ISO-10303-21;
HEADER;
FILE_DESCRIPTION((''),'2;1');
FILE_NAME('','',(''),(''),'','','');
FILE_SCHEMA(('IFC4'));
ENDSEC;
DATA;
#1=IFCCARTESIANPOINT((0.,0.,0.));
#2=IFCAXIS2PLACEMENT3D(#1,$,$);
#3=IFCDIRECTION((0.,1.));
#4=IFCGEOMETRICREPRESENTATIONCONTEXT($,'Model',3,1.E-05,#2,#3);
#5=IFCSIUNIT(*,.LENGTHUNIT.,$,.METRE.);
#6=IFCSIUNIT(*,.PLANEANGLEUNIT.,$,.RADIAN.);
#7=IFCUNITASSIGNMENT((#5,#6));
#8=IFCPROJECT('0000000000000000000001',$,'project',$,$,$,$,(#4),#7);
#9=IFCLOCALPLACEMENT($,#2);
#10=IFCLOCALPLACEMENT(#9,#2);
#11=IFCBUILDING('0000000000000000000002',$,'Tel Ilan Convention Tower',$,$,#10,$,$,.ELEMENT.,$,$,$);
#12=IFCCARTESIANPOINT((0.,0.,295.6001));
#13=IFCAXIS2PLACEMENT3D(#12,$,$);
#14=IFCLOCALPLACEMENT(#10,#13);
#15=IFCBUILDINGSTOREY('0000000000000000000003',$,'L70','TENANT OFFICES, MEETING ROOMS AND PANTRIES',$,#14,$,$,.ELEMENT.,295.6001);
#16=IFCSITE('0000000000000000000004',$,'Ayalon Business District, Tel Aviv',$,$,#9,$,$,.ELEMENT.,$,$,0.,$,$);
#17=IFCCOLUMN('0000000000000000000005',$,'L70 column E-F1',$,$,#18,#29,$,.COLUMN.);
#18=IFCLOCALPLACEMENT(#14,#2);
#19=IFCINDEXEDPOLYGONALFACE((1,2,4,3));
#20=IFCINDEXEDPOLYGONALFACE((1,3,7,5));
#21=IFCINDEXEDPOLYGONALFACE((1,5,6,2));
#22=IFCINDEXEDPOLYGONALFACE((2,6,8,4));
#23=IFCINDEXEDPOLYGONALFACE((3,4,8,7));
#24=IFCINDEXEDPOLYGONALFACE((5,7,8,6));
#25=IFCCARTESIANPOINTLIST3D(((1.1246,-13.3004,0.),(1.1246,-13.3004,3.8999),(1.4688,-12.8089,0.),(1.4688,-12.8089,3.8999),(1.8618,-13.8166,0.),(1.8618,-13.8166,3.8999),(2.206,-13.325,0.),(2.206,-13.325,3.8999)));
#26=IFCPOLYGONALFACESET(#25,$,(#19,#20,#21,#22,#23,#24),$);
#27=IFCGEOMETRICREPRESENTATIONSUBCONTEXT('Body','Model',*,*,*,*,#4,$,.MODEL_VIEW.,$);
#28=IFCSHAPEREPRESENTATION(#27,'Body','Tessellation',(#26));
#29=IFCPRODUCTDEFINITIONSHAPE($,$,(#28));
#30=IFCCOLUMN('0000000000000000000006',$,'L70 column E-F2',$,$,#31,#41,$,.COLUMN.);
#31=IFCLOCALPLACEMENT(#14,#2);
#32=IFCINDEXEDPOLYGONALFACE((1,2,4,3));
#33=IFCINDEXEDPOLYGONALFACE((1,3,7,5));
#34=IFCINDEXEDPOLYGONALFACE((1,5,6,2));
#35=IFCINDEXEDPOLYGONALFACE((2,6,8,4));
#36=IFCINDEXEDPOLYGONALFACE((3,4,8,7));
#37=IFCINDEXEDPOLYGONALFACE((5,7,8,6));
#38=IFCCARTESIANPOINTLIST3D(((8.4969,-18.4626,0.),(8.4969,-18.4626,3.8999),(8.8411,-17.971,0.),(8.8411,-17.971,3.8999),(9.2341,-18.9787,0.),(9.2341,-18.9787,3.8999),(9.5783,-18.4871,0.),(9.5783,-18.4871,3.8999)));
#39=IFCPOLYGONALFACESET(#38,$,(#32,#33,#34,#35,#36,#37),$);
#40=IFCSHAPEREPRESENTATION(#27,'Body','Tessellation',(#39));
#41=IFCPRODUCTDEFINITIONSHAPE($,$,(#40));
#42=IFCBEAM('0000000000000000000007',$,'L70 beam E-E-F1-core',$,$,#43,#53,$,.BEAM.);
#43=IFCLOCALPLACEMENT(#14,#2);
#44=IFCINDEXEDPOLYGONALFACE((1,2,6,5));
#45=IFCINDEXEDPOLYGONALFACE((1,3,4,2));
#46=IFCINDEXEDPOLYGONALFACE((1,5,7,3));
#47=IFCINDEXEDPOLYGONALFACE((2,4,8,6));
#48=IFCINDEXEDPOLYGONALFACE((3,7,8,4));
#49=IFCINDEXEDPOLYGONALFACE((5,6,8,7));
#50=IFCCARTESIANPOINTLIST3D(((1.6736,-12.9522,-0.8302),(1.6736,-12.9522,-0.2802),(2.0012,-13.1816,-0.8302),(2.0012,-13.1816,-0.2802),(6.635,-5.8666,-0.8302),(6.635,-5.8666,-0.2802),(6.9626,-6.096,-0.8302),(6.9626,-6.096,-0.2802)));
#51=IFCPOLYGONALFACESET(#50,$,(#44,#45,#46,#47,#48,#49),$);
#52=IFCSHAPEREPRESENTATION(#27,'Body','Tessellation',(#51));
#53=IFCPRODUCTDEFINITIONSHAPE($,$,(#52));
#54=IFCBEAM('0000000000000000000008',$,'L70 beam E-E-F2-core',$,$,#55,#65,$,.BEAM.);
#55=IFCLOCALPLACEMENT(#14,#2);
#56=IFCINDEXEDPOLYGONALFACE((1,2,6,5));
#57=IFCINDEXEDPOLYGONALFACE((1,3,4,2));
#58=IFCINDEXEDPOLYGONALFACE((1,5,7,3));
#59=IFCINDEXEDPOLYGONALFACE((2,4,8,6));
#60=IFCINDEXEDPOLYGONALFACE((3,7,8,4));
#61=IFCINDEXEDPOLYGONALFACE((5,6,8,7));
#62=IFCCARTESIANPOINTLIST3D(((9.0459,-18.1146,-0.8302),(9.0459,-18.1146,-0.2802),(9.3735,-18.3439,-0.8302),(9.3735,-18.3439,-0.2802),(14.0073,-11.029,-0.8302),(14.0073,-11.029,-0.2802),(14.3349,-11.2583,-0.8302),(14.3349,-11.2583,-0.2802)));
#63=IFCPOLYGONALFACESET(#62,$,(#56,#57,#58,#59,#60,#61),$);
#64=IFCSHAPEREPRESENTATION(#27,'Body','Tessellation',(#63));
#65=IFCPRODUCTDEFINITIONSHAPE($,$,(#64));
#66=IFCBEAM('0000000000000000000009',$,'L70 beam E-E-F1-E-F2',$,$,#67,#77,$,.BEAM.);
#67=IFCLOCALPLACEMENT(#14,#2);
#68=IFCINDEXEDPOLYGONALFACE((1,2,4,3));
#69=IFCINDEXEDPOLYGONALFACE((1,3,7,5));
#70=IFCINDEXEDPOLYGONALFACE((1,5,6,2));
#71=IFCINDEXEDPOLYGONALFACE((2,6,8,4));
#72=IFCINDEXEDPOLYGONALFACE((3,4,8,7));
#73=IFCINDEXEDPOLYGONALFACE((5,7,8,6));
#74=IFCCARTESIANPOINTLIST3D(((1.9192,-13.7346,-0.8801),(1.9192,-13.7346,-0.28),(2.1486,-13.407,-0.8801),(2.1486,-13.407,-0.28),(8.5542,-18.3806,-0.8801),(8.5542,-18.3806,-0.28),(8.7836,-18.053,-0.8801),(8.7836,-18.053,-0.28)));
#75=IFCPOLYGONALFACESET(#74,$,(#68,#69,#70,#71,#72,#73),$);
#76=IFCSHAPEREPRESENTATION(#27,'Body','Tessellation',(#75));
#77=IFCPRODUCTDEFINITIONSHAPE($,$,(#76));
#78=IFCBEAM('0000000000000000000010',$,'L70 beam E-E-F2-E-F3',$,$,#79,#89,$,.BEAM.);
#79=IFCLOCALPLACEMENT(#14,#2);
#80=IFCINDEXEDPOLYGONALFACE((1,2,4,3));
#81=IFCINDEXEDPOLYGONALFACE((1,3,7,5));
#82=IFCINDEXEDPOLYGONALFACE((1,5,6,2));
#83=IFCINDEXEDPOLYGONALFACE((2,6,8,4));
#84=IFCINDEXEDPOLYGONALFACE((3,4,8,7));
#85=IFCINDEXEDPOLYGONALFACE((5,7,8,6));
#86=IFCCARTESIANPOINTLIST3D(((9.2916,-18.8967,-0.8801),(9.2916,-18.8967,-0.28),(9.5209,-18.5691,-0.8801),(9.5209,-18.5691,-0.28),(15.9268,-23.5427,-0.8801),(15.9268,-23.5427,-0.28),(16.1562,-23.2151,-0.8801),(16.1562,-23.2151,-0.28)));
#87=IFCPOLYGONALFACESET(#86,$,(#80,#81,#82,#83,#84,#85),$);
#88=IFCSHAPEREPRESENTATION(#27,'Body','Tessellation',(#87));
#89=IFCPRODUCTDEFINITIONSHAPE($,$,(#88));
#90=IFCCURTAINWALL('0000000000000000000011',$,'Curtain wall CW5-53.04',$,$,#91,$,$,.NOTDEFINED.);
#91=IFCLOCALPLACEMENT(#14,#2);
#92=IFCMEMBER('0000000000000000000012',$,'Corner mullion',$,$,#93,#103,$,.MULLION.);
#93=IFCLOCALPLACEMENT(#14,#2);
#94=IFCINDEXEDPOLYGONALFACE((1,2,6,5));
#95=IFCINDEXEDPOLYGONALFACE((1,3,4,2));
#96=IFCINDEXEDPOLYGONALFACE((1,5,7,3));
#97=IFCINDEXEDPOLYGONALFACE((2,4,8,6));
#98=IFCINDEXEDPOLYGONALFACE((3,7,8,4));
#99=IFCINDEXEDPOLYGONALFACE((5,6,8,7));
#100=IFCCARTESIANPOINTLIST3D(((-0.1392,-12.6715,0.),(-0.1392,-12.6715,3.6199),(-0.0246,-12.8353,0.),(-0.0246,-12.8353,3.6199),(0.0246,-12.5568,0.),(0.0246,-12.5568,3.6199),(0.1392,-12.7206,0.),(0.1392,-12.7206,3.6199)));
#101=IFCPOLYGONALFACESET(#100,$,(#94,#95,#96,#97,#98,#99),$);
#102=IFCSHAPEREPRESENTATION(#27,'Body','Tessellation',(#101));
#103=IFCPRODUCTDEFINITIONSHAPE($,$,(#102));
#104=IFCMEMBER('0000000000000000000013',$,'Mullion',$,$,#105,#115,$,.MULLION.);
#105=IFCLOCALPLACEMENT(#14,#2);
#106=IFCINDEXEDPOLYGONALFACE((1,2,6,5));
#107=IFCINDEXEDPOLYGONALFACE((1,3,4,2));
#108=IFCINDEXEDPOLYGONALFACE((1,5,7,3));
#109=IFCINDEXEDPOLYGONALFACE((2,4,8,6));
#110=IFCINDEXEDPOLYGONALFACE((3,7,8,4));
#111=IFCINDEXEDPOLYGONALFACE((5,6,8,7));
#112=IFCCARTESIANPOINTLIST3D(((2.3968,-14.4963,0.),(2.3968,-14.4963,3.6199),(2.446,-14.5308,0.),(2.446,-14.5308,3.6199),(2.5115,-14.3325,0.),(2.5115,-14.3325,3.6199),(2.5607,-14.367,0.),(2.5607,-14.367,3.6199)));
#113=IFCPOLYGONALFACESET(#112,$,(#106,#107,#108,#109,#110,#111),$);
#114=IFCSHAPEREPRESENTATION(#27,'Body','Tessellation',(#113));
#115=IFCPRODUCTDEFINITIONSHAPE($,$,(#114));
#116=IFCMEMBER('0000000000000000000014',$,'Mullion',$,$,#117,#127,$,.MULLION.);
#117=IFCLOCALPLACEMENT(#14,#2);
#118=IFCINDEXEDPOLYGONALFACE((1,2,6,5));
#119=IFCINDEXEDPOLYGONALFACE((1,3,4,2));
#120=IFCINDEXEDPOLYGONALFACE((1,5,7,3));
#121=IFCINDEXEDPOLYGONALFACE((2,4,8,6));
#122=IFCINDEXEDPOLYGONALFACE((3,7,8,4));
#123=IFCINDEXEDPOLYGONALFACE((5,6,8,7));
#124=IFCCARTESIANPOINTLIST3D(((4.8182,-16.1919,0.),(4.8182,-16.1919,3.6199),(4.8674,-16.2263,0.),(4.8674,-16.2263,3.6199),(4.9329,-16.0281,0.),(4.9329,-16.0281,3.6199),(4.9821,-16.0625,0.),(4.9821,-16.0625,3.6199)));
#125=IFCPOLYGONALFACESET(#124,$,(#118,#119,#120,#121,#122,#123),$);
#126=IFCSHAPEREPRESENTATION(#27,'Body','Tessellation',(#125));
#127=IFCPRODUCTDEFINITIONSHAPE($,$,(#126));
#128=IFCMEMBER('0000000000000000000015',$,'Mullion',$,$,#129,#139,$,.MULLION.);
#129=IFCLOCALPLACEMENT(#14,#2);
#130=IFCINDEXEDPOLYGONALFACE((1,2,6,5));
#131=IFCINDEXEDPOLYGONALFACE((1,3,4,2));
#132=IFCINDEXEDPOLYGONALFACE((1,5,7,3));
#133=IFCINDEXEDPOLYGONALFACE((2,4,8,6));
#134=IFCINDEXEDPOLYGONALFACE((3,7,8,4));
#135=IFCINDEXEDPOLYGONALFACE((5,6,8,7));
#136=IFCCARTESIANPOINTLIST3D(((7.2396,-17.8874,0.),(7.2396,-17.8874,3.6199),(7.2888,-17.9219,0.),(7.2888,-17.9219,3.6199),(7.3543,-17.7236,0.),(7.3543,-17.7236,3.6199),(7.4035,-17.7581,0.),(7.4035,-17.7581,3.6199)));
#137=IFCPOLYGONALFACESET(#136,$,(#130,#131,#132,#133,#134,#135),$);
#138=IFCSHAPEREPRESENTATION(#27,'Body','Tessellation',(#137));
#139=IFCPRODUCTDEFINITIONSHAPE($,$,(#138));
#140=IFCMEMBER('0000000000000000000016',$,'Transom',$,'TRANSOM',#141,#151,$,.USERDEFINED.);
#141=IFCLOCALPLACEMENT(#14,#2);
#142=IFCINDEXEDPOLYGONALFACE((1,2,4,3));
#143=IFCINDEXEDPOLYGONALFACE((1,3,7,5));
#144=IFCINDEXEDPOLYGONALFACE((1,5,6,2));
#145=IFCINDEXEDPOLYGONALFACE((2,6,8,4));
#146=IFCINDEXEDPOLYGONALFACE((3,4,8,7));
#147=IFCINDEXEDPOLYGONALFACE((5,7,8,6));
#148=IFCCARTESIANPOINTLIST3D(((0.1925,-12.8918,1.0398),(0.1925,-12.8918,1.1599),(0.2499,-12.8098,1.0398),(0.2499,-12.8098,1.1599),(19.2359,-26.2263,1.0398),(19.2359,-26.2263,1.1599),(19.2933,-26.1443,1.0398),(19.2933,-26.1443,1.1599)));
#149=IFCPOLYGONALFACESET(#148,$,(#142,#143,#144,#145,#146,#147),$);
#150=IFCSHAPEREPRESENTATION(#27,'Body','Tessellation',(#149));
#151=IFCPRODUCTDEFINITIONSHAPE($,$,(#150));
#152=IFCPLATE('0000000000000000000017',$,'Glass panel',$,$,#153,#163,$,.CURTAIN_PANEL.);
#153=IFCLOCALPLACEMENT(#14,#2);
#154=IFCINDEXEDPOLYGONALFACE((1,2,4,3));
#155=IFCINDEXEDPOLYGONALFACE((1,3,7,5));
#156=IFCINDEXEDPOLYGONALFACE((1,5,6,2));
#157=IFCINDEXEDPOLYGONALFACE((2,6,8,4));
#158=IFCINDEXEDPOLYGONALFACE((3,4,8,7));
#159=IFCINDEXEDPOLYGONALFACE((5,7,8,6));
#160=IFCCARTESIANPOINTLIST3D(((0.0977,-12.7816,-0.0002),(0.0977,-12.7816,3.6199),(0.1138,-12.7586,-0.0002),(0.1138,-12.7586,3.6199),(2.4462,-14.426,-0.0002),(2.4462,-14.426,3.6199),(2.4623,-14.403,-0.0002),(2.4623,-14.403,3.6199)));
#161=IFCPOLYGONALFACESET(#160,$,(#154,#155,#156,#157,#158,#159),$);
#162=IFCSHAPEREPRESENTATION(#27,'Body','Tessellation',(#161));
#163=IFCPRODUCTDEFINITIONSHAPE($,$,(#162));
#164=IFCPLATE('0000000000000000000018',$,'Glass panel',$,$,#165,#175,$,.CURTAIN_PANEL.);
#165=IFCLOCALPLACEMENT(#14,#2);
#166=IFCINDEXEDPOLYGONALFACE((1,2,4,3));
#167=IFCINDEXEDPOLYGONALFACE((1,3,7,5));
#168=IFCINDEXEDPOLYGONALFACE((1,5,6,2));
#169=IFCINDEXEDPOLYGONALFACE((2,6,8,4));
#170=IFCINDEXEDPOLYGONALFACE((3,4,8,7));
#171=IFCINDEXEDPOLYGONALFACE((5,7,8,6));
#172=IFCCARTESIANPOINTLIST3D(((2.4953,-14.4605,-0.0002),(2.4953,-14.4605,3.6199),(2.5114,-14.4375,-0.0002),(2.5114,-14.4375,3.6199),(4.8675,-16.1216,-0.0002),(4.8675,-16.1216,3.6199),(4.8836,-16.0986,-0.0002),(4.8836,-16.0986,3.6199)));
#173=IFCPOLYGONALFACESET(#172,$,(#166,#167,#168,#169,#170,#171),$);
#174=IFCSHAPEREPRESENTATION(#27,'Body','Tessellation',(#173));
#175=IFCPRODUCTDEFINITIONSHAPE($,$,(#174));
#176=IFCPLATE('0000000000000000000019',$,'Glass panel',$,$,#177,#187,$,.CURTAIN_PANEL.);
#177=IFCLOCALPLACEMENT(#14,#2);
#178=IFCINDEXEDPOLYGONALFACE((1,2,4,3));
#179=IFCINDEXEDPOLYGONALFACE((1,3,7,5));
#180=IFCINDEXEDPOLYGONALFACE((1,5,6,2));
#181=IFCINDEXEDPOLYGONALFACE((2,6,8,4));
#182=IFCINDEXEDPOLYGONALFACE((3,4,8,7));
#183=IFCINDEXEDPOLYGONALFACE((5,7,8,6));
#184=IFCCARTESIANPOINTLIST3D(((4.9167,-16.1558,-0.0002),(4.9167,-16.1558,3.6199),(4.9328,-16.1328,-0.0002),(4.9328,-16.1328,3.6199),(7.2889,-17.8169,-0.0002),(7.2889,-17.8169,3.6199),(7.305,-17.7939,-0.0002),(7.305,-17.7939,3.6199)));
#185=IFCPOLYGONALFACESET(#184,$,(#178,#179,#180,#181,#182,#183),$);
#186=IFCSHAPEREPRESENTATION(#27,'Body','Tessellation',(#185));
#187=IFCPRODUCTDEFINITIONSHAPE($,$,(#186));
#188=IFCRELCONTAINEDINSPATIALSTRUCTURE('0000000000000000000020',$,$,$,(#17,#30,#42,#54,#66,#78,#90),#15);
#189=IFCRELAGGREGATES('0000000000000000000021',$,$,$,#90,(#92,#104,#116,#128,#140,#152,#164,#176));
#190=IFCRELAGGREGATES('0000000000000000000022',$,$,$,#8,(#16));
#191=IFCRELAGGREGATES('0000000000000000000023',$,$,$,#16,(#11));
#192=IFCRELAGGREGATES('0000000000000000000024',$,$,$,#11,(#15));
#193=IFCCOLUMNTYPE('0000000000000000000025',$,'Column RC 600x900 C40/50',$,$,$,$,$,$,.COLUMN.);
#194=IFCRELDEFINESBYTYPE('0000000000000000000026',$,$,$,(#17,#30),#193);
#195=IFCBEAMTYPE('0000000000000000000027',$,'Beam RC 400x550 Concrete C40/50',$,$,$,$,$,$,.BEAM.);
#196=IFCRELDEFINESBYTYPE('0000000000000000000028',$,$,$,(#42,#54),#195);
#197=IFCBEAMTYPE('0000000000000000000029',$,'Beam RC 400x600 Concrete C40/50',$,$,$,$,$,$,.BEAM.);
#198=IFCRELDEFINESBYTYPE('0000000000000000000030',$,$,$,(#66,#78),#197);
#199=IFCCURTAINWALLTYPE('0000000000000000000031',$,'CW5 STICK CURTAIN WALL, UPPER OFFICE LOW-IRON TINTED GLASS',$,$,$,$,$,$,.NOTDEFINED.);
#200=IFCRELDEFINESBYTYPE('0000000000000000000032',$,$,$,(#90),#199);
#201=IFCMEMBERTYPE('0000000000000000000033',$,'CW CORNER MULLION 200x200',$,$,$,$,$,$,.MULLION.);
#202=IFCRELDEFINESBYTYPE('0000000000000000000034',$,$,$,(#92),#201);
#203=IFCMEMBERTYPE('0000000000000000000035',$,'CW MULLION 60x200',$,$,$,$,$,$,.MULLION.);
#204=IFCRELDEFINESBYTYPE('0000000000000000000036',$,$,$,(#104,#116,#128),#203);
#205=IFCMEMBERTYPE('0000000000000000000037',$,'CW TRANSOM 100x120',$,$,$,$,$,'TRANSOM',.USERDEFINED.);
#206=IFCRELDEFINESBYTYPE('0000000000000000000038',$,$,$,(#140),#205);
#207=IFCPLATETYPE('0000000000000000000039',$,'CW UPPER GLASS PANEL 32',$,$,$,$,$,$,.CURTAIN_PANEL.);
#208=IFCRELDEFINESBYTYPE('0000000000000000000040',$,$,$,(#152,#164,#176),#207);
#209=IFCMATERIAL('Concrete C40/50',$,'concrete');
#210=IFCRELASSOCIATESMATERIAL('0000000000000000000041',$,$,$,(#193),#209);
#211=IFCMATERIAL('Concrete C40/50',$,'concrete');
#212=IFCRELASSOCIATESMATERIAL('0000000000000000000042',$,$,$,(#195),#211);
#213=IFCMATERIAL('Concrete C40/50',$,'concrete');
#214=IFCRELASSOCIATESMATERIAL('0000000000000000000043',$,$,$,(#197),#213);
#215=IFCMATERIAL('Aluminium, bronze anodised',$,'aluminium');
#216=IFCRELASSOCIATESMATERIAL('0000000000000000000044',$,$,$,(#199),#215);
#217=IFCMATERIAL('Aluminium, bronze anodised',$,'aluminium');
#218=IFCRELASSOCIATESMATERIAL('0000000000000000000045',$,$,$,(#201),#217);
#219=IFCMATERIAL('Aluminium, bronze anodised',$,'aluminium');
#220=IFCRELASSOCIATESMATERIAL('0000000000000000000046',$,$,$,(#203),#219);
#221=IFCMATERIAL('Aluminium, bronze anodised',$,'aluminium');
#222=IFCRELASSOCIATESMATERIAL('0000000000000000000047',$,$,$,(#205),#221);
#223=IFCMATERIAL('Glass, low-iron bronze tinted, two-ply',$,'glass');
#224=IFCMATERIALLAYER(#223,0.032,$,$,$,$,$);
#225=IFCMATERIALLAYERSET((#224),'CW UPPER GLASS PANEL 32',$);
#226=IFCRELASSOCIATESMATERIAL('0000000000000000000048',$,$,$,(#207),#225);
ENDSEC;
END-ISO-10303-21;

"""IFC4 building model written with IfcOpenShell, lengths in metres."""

from ifc_helpers import new_model, si_unit, direction, frame, origin, origin_2d, place, context, subcontext, project, spatial, rectangle, extrude, material, layer, layer_set, material_profile, profile_set, type_object, element, aggregate, save


model = new_model("IFC4")

# Units and contexts
model_context = context("Model", 3, precision=1e-05, world=origin(), true_north=direction((0.0, 1.0)))
body_context = subcontext(model_context, "Body", "Model", "MODEL_VIEW")
ifc_project = project(units=[si_unit("LENGTHUNIT", "METRE"), si_unit("PLANEANGLEUNIT", "RADIAN")], contexts=[model_context])

# Site, building, storey
site_placement = place(None, origin())
site = spatial("IfcSite", under=ifc_project, at=site_placement, Name="Ayalon Business District, Tel Aviv", CompositionType="ELEMENT", RefElevation=0.0)
building_placement = place(site_placement, origin())
building = spatial("IfcBuilding", under=site, at=building_placement, Name="Tel Ilan Convention Tower", CompositionType="ELEMENT")
storey_placement = place(building_placement, frame((0.0, 0.0, 295.6001)))
storey = spatial("IfcBuildingStorey", under=building, at=storey_placement, Name="L70", Description="TENANT OFFICES, MEETING ROOMS AND PANTRIES", CompositionType="ELEMENT", Elevation=295.6001)

# Columns
ifc_material_1 = material(Name="Concrete C40/50", Category="concrete")
ifc_material_profile_1 = material_profile(ifc_material_1, rectangle(XDim=0.8999, YDim=0.6001, at=origin_2d()), Name="RC 600x900")
ifc_profile_set_1 = profile_set([ifc_material_profile_1], Name="Concrete C40/50")
column_type = type_object("IfcColumnType", Name="Column RC 600x900 C40/50", PredefinedType="COLUMN", material=ifc_profile_set_1)
for number, where, z_axis, x_axis, name in (
    (1, (1.6653, -13.3127, 0.0), (0.0, 0.0, 1.0), (0.819152, -0.573576, 0.0), "L70 column E-F1"),
    (2, (9.0376, -18.4749, 0.0), (0.0, 0.0, 1.0), (0.819152, -0.573576, 0.0), "L70 column E-F2"),
):
    element("IfcColumn", number, at=place(storey_placement, frame(where, z_axis=z_axis, x_axis=x_axis)), inside=storey, type_object=column_type, Name=name, PredefinedType="COLUMN", context=body_context, shape_type="SweptSolid", body=[
        extrude(rectangle(XDim=0.8999, YDim=0.6001, at=origin_2d()), origin(), (0.0, 0.0, 1.0), 3.8999),
    ])

# Beams
ifc_material_2 = material(Name="Concrete C40/50", Category="concrete")
ifc_material_profile_2 = material_profile(ifc_material_2, rectangle(XDim=0.3999, YDim=0.55, at=origin_2d()), Name="RC 400x550")
ifc_profile_set_2 = profile_set([ifc_material_profile_2], Name="Concrete C40/50")
beam_type_1 = type_object("IfcBeamType", Name="Beam RC 400x550 Concrete C40/50", PredefinedType="BEAM", material=ifc_profile_set_2)
for number, where, z_axis, x_axis, name in (
    (3, (1.8374, -13.0669, -0.5552), (0.573574, 0.819154, 0.0), (-0.819154, 0.573574, 0.0), "L70 beam E-E-F1-core"),
    (4, (9.2097, -18.2292, -0.5552), (0.573574, 0.819154, 0.0), (-0.819154, 0.573574, 0.0), "L70 beam E-E-F2-core"),
):
    element("IfcBeam", number, at=place(storey_placement, frame(where, z_axis=z_axis, x_axis=x_axis)), inside=storey, type_object=beam_type_1, Name=name, PredefinedType="BEAM", context=body_context, shape_type="SweptSolid", body=[
        extrude(rectangle(XDim=0.3999, YDim=0.55, at=origin_2d()), origin(), (0.0, 0.0, 1.0), 8.6499),
    ])
ifc_material_3 = material(Name="Concrete C40/50", Category="concrete")
ifc_material_profile_3 = material_profile(ifc_material_3, rectangle(XDim=0.3999, YDim=0.6001, at=origin_2d()), Name="RC 400x600")
ifc_profile_set_3 = profile_set([ifc_material_profile_3], Name="Concrete C40/50")
beam_type_2 = type_object("IfcBeamType", Name="Beam RC 400x600 Concrete C40/50", PredefinedType="BEAM", material=ifc_profile_set_3)
beam_1_placement = place(storey_placement, frame((2.0339, -13.5708, -0.5801), z_axis=(0.819146, -0.573586, 0.0), x_axis=(0.573586, 0.819146, 0.0)))
element("IfcBeam", 5, at=beam_1_placement, inside=storey, type_object=beam_type_2, Name="L70 beam E-E-F1-E-F2", PredefinedType="BEAM", context=body_context, shape_type="SweptSolid", body=[
    extrude(rectangle(XDim=0.3999, YDim=0.6001, at=origin_2d()), origin(), (0.0, 0.0, 1.0), 8.0999),
])
beam_2_placement = place(storey_placement, frame((9.4062, -18.7329, -0.5801), z_axis=(0.819155, -0.573572, 0.0), x_axis=(0.573572, 0.819155, 0.0)))
element("IfcBeam", 6, at=beam_2_placement, inside=storey, type_object=beam_type_2, Name="L70 beam E-E-F2-E-F3", PredefinedType="BEAM", context=body_context, shape_type="SweptSolid", body=[
    extrude(rectangle(XDim=0.3999, YDim=0.6001, at=origin_2d()), origin(), (0.0, 0.0, 1.0), 8.1001),
])

# Curtain wall, members, plates
ifc_material_4 = material(Name="Aluminium, bronze anodised", Category="aluminium")
curtain_wall_type = type_object("IfcCurtainWallType", Name="CW5 STICK CURTAIN WALL, UPPER OFFICE LOW-IRON TINTED GLASS", PredefinedType="NOTDEFINED", material=ifc_material_4)
curtain_wall_placement = place(storey_placement, origin())
curtain_wall = element("IfcCurtainWall", 7, at=curtain_wall_placement, inside=storey, type_object=curtain_wall_type, Name="Curtain wall CW5-53.04", PredefinedType="NOTDEFINED")
ifc_material_5 = material(Name="Aluminium, bronze anodised", Category="aluminium")
ifc_material_profile_4 = material_profile(ifc_material_5, rectangle(XDim=0.2, YDim=0.2, at=origin_2d()), Name="CW CORNER MULLION 200x200")
ifc_profile_set_4 = profile_set([ifc_material_profile_4], Name="Aluminium, bronze anodised")
member_type_1 = type_object("IfcMemberType", Name="CW CORNER MULLION 200x200", PredefinedType="MULLION", material=ifc_profile_set_4)
member_1_placement = place(storey_placement, frame((0.0, -12.696, 0.0), z_axis=(0.0, 0.0, 1.0), x_axis=(0.819152, 0.573576, 0.0)))
member_1 = element("IfcMember", 8, at=member_1_placement, type_object=member_type_1, Name="Corner mullion", PredefinedType="MULLION", context=body_context, shape_type="SweptSolid", body=[
    extrude(rectangle(XDim=0.2, YDim=0.2, at=origin_2d()), origin(), (0.0, 0.0, 1.0), 3.6199),
])
ifc_material_6 = material(Name="Aluminium, bronze anodised", Category="aluminium")
ifc_material_profile_5 = material_profile(ifc_material_6, rectangle(XDim=0.0601, YDim=0.2, at=origin_2d()), Name="CW MULLION 60x200")
ifc_profile_set_5 = profile_set([ifc_material_profile_5], Name="Aluminium, bronze anodised")
member_type_2 = type_object("IfcMemberType", Name="CW MULLION 60x200", PredefinedType="MULLION", material=ifc_profile_set_5)
member_2_placement = place(storey_placement, frame((2.4788, -14.4316, 0.0), z_axis=(0.0, 0.0, 1.0), x_axis=(0.819152, -0.573576, 0.0)))
member_2 = element("IfcMember", 9, at=member_2_placement, type_object=member_type_2, Name="Mullion", PredefinedType="MULLION", context=body_context, shape_type="SweptSolid", body=[
    extrude(rectangle(XDim=0.0601, YDim=0.2, at=origin_2d()), origin(), (0.0, 0.0, 1.0), 3.6199),
])
member_3_placement = place(storey_placement, frame((4.9001, -16.1272, 0.0), z_axis=(0.0, 0.0, 1.0), x_axis=(0.819152, -0.573576, 0.0)))
member_3 = element("IfcMember", 10, at=member_3_placement, type_object=member_type_2, Name="Mullion", PredefinedType="MULLION", context=body_context, shape_type="SweptSolid", body=[
    extrude(rectangle(XDim=0.0601, YDim=0.2, at=origin_2d()), origin(), (0.0, 0.0, 1.0), 3.6199),
])
member_4_placement = place(storey_placement, frame((7.3215, -17.8228, 0.0), z_axis=(0.0, 0.0, 1.0), x_axis=(0.819152, -0.573576, 0.0)))
member_4 = element("IfcMember", 11, at=member_4_placement, type_object=member_type_2, Name="Mullion", PredefinedType="MULLION", context=body_context, shape_type="SweptSolid", body=[
    extrude(rectangle(XDim=0.0601, YDim=0.2, at=origin_2d()), origin(), (0.0, 0.0, 1.0), 3.6199),
])
ifc_material_7 = material(Name="Aluminium, bronze anodised", Category="aluminium")
ifc_material_profile_6 = material_profile(ifc_material_7, rectangle(XDim=0.1001, YDim=0.1201, at=origin_2d()), Name="CW TRANSOM 100x120")
ifc_profile_set_6 = profile_set([ifc_material_profile_6], Name="Aluminium, bronze anodised")
member_type_3 = type_object("IfcMemberType", Name="CW TRANSOM 100x120", ElementType="TRANSOM", PredefinedType="USERDEFINED", material=ifc_profile_set_6)
member_5_placement = place(storey_placement, frame((0.2212, -12.8508, 1.0999), z_axis=(0.81915, -0.573579, 0.0), x_axis=(0.573579, 0.81915, 0.0)))
member_5 = element("IfcMember", 12, at=member_5_placement, type_object=member_type_3, Name="Transom", ObjectType="TRANSOM", PredefinedType="USERDEFINED", context=body_context, shape_type="SweptSolid", body=[
    extrude(rectangle(XDim=0.1001, YDim=0.1201, at=origin_2d()), origin(), (0.0, 0.0, 1.0), 23.2478),
])
ifc_material_8 = material(Name="Glass, low-iron bronze tinted, two-ply", Category="glass")
ifc_layer_1 = layer(ifc_material_8, 0.032)
ifc_layer_set_1 = layer_set([ifc_layer_1], Name="CW UPPER GLASS PANEL 32")
plate_type = type_object("IfcPlateType", Name="CW UPPER GLASS PANEL 32", PredefinedType="CURTAIN_PANEL", material=ifc_layer_set_1)
plate_1_placement = place(storey_placement, frame((1.28, -13.5923, -0.0002), z_axis=(0.0, 0.0, 1.0), x_axis=(0.819152, -0.573576, 0.0)))
plate_1 = element("IfcPlate", 13, at=plate_1_placement, type_object=plate_type, Name="Glass panel", PredefinedType="CURTAIN_PANEL", context=body_context, shape_type="SweptSolid", body=[
    extrude(rectangle(XDim=2.8669, YDim=0.0281, at=origin_2d()), origin(), (0.0, 0.0, 1.0), 3.6201),
])
plate_2_placement = place(storey_placement, frame((3.6895, -15.2795, -0.0002), z_axis=(0.0, 0.0, 1.0), x_axis=(0.819152, -0.573576, 0.0)))
plate_2 = element("IfcPlate", 14, at=plate_2_placement, type_object=plate_type, Name="Glass panel", PredefinedType="CURTAIN_PANEL", context=body_context, shape_type="SweptSolid", body=[
    extrude(rectangle(XDim=2.896, YDim=0.0281, at=origin_2d()), origin(), (0.0, 0.0, 1.0), 3.6201),
])
plate_3_placement = place(storey_placement, frame((6.1108, -16.9749, -0.0002), z_axis=(0.0, 0.0, 1.0), x_axis=(0.819152, -0.573576, 0.0)))
plate_3 = element("IfcPlate", 15, at=plate_3_placement, type_object=plate_type, Name="Glass panel", PredefinedType="CURTAIN_PANEL", context=body_context, shape_type="SweptSolid", body=[
    extrude(rectangle(XDim=2.896, YDim=0.0281, at=origin_2d()), origin(), (0.0, 0.0, 1.0), 3.6201),
])
aggregate(curtain_wall, [member_1, member_2, member_3, member_4, member_5, plate_1, plate_2, plate_3])

save(model, "model.ifc")
